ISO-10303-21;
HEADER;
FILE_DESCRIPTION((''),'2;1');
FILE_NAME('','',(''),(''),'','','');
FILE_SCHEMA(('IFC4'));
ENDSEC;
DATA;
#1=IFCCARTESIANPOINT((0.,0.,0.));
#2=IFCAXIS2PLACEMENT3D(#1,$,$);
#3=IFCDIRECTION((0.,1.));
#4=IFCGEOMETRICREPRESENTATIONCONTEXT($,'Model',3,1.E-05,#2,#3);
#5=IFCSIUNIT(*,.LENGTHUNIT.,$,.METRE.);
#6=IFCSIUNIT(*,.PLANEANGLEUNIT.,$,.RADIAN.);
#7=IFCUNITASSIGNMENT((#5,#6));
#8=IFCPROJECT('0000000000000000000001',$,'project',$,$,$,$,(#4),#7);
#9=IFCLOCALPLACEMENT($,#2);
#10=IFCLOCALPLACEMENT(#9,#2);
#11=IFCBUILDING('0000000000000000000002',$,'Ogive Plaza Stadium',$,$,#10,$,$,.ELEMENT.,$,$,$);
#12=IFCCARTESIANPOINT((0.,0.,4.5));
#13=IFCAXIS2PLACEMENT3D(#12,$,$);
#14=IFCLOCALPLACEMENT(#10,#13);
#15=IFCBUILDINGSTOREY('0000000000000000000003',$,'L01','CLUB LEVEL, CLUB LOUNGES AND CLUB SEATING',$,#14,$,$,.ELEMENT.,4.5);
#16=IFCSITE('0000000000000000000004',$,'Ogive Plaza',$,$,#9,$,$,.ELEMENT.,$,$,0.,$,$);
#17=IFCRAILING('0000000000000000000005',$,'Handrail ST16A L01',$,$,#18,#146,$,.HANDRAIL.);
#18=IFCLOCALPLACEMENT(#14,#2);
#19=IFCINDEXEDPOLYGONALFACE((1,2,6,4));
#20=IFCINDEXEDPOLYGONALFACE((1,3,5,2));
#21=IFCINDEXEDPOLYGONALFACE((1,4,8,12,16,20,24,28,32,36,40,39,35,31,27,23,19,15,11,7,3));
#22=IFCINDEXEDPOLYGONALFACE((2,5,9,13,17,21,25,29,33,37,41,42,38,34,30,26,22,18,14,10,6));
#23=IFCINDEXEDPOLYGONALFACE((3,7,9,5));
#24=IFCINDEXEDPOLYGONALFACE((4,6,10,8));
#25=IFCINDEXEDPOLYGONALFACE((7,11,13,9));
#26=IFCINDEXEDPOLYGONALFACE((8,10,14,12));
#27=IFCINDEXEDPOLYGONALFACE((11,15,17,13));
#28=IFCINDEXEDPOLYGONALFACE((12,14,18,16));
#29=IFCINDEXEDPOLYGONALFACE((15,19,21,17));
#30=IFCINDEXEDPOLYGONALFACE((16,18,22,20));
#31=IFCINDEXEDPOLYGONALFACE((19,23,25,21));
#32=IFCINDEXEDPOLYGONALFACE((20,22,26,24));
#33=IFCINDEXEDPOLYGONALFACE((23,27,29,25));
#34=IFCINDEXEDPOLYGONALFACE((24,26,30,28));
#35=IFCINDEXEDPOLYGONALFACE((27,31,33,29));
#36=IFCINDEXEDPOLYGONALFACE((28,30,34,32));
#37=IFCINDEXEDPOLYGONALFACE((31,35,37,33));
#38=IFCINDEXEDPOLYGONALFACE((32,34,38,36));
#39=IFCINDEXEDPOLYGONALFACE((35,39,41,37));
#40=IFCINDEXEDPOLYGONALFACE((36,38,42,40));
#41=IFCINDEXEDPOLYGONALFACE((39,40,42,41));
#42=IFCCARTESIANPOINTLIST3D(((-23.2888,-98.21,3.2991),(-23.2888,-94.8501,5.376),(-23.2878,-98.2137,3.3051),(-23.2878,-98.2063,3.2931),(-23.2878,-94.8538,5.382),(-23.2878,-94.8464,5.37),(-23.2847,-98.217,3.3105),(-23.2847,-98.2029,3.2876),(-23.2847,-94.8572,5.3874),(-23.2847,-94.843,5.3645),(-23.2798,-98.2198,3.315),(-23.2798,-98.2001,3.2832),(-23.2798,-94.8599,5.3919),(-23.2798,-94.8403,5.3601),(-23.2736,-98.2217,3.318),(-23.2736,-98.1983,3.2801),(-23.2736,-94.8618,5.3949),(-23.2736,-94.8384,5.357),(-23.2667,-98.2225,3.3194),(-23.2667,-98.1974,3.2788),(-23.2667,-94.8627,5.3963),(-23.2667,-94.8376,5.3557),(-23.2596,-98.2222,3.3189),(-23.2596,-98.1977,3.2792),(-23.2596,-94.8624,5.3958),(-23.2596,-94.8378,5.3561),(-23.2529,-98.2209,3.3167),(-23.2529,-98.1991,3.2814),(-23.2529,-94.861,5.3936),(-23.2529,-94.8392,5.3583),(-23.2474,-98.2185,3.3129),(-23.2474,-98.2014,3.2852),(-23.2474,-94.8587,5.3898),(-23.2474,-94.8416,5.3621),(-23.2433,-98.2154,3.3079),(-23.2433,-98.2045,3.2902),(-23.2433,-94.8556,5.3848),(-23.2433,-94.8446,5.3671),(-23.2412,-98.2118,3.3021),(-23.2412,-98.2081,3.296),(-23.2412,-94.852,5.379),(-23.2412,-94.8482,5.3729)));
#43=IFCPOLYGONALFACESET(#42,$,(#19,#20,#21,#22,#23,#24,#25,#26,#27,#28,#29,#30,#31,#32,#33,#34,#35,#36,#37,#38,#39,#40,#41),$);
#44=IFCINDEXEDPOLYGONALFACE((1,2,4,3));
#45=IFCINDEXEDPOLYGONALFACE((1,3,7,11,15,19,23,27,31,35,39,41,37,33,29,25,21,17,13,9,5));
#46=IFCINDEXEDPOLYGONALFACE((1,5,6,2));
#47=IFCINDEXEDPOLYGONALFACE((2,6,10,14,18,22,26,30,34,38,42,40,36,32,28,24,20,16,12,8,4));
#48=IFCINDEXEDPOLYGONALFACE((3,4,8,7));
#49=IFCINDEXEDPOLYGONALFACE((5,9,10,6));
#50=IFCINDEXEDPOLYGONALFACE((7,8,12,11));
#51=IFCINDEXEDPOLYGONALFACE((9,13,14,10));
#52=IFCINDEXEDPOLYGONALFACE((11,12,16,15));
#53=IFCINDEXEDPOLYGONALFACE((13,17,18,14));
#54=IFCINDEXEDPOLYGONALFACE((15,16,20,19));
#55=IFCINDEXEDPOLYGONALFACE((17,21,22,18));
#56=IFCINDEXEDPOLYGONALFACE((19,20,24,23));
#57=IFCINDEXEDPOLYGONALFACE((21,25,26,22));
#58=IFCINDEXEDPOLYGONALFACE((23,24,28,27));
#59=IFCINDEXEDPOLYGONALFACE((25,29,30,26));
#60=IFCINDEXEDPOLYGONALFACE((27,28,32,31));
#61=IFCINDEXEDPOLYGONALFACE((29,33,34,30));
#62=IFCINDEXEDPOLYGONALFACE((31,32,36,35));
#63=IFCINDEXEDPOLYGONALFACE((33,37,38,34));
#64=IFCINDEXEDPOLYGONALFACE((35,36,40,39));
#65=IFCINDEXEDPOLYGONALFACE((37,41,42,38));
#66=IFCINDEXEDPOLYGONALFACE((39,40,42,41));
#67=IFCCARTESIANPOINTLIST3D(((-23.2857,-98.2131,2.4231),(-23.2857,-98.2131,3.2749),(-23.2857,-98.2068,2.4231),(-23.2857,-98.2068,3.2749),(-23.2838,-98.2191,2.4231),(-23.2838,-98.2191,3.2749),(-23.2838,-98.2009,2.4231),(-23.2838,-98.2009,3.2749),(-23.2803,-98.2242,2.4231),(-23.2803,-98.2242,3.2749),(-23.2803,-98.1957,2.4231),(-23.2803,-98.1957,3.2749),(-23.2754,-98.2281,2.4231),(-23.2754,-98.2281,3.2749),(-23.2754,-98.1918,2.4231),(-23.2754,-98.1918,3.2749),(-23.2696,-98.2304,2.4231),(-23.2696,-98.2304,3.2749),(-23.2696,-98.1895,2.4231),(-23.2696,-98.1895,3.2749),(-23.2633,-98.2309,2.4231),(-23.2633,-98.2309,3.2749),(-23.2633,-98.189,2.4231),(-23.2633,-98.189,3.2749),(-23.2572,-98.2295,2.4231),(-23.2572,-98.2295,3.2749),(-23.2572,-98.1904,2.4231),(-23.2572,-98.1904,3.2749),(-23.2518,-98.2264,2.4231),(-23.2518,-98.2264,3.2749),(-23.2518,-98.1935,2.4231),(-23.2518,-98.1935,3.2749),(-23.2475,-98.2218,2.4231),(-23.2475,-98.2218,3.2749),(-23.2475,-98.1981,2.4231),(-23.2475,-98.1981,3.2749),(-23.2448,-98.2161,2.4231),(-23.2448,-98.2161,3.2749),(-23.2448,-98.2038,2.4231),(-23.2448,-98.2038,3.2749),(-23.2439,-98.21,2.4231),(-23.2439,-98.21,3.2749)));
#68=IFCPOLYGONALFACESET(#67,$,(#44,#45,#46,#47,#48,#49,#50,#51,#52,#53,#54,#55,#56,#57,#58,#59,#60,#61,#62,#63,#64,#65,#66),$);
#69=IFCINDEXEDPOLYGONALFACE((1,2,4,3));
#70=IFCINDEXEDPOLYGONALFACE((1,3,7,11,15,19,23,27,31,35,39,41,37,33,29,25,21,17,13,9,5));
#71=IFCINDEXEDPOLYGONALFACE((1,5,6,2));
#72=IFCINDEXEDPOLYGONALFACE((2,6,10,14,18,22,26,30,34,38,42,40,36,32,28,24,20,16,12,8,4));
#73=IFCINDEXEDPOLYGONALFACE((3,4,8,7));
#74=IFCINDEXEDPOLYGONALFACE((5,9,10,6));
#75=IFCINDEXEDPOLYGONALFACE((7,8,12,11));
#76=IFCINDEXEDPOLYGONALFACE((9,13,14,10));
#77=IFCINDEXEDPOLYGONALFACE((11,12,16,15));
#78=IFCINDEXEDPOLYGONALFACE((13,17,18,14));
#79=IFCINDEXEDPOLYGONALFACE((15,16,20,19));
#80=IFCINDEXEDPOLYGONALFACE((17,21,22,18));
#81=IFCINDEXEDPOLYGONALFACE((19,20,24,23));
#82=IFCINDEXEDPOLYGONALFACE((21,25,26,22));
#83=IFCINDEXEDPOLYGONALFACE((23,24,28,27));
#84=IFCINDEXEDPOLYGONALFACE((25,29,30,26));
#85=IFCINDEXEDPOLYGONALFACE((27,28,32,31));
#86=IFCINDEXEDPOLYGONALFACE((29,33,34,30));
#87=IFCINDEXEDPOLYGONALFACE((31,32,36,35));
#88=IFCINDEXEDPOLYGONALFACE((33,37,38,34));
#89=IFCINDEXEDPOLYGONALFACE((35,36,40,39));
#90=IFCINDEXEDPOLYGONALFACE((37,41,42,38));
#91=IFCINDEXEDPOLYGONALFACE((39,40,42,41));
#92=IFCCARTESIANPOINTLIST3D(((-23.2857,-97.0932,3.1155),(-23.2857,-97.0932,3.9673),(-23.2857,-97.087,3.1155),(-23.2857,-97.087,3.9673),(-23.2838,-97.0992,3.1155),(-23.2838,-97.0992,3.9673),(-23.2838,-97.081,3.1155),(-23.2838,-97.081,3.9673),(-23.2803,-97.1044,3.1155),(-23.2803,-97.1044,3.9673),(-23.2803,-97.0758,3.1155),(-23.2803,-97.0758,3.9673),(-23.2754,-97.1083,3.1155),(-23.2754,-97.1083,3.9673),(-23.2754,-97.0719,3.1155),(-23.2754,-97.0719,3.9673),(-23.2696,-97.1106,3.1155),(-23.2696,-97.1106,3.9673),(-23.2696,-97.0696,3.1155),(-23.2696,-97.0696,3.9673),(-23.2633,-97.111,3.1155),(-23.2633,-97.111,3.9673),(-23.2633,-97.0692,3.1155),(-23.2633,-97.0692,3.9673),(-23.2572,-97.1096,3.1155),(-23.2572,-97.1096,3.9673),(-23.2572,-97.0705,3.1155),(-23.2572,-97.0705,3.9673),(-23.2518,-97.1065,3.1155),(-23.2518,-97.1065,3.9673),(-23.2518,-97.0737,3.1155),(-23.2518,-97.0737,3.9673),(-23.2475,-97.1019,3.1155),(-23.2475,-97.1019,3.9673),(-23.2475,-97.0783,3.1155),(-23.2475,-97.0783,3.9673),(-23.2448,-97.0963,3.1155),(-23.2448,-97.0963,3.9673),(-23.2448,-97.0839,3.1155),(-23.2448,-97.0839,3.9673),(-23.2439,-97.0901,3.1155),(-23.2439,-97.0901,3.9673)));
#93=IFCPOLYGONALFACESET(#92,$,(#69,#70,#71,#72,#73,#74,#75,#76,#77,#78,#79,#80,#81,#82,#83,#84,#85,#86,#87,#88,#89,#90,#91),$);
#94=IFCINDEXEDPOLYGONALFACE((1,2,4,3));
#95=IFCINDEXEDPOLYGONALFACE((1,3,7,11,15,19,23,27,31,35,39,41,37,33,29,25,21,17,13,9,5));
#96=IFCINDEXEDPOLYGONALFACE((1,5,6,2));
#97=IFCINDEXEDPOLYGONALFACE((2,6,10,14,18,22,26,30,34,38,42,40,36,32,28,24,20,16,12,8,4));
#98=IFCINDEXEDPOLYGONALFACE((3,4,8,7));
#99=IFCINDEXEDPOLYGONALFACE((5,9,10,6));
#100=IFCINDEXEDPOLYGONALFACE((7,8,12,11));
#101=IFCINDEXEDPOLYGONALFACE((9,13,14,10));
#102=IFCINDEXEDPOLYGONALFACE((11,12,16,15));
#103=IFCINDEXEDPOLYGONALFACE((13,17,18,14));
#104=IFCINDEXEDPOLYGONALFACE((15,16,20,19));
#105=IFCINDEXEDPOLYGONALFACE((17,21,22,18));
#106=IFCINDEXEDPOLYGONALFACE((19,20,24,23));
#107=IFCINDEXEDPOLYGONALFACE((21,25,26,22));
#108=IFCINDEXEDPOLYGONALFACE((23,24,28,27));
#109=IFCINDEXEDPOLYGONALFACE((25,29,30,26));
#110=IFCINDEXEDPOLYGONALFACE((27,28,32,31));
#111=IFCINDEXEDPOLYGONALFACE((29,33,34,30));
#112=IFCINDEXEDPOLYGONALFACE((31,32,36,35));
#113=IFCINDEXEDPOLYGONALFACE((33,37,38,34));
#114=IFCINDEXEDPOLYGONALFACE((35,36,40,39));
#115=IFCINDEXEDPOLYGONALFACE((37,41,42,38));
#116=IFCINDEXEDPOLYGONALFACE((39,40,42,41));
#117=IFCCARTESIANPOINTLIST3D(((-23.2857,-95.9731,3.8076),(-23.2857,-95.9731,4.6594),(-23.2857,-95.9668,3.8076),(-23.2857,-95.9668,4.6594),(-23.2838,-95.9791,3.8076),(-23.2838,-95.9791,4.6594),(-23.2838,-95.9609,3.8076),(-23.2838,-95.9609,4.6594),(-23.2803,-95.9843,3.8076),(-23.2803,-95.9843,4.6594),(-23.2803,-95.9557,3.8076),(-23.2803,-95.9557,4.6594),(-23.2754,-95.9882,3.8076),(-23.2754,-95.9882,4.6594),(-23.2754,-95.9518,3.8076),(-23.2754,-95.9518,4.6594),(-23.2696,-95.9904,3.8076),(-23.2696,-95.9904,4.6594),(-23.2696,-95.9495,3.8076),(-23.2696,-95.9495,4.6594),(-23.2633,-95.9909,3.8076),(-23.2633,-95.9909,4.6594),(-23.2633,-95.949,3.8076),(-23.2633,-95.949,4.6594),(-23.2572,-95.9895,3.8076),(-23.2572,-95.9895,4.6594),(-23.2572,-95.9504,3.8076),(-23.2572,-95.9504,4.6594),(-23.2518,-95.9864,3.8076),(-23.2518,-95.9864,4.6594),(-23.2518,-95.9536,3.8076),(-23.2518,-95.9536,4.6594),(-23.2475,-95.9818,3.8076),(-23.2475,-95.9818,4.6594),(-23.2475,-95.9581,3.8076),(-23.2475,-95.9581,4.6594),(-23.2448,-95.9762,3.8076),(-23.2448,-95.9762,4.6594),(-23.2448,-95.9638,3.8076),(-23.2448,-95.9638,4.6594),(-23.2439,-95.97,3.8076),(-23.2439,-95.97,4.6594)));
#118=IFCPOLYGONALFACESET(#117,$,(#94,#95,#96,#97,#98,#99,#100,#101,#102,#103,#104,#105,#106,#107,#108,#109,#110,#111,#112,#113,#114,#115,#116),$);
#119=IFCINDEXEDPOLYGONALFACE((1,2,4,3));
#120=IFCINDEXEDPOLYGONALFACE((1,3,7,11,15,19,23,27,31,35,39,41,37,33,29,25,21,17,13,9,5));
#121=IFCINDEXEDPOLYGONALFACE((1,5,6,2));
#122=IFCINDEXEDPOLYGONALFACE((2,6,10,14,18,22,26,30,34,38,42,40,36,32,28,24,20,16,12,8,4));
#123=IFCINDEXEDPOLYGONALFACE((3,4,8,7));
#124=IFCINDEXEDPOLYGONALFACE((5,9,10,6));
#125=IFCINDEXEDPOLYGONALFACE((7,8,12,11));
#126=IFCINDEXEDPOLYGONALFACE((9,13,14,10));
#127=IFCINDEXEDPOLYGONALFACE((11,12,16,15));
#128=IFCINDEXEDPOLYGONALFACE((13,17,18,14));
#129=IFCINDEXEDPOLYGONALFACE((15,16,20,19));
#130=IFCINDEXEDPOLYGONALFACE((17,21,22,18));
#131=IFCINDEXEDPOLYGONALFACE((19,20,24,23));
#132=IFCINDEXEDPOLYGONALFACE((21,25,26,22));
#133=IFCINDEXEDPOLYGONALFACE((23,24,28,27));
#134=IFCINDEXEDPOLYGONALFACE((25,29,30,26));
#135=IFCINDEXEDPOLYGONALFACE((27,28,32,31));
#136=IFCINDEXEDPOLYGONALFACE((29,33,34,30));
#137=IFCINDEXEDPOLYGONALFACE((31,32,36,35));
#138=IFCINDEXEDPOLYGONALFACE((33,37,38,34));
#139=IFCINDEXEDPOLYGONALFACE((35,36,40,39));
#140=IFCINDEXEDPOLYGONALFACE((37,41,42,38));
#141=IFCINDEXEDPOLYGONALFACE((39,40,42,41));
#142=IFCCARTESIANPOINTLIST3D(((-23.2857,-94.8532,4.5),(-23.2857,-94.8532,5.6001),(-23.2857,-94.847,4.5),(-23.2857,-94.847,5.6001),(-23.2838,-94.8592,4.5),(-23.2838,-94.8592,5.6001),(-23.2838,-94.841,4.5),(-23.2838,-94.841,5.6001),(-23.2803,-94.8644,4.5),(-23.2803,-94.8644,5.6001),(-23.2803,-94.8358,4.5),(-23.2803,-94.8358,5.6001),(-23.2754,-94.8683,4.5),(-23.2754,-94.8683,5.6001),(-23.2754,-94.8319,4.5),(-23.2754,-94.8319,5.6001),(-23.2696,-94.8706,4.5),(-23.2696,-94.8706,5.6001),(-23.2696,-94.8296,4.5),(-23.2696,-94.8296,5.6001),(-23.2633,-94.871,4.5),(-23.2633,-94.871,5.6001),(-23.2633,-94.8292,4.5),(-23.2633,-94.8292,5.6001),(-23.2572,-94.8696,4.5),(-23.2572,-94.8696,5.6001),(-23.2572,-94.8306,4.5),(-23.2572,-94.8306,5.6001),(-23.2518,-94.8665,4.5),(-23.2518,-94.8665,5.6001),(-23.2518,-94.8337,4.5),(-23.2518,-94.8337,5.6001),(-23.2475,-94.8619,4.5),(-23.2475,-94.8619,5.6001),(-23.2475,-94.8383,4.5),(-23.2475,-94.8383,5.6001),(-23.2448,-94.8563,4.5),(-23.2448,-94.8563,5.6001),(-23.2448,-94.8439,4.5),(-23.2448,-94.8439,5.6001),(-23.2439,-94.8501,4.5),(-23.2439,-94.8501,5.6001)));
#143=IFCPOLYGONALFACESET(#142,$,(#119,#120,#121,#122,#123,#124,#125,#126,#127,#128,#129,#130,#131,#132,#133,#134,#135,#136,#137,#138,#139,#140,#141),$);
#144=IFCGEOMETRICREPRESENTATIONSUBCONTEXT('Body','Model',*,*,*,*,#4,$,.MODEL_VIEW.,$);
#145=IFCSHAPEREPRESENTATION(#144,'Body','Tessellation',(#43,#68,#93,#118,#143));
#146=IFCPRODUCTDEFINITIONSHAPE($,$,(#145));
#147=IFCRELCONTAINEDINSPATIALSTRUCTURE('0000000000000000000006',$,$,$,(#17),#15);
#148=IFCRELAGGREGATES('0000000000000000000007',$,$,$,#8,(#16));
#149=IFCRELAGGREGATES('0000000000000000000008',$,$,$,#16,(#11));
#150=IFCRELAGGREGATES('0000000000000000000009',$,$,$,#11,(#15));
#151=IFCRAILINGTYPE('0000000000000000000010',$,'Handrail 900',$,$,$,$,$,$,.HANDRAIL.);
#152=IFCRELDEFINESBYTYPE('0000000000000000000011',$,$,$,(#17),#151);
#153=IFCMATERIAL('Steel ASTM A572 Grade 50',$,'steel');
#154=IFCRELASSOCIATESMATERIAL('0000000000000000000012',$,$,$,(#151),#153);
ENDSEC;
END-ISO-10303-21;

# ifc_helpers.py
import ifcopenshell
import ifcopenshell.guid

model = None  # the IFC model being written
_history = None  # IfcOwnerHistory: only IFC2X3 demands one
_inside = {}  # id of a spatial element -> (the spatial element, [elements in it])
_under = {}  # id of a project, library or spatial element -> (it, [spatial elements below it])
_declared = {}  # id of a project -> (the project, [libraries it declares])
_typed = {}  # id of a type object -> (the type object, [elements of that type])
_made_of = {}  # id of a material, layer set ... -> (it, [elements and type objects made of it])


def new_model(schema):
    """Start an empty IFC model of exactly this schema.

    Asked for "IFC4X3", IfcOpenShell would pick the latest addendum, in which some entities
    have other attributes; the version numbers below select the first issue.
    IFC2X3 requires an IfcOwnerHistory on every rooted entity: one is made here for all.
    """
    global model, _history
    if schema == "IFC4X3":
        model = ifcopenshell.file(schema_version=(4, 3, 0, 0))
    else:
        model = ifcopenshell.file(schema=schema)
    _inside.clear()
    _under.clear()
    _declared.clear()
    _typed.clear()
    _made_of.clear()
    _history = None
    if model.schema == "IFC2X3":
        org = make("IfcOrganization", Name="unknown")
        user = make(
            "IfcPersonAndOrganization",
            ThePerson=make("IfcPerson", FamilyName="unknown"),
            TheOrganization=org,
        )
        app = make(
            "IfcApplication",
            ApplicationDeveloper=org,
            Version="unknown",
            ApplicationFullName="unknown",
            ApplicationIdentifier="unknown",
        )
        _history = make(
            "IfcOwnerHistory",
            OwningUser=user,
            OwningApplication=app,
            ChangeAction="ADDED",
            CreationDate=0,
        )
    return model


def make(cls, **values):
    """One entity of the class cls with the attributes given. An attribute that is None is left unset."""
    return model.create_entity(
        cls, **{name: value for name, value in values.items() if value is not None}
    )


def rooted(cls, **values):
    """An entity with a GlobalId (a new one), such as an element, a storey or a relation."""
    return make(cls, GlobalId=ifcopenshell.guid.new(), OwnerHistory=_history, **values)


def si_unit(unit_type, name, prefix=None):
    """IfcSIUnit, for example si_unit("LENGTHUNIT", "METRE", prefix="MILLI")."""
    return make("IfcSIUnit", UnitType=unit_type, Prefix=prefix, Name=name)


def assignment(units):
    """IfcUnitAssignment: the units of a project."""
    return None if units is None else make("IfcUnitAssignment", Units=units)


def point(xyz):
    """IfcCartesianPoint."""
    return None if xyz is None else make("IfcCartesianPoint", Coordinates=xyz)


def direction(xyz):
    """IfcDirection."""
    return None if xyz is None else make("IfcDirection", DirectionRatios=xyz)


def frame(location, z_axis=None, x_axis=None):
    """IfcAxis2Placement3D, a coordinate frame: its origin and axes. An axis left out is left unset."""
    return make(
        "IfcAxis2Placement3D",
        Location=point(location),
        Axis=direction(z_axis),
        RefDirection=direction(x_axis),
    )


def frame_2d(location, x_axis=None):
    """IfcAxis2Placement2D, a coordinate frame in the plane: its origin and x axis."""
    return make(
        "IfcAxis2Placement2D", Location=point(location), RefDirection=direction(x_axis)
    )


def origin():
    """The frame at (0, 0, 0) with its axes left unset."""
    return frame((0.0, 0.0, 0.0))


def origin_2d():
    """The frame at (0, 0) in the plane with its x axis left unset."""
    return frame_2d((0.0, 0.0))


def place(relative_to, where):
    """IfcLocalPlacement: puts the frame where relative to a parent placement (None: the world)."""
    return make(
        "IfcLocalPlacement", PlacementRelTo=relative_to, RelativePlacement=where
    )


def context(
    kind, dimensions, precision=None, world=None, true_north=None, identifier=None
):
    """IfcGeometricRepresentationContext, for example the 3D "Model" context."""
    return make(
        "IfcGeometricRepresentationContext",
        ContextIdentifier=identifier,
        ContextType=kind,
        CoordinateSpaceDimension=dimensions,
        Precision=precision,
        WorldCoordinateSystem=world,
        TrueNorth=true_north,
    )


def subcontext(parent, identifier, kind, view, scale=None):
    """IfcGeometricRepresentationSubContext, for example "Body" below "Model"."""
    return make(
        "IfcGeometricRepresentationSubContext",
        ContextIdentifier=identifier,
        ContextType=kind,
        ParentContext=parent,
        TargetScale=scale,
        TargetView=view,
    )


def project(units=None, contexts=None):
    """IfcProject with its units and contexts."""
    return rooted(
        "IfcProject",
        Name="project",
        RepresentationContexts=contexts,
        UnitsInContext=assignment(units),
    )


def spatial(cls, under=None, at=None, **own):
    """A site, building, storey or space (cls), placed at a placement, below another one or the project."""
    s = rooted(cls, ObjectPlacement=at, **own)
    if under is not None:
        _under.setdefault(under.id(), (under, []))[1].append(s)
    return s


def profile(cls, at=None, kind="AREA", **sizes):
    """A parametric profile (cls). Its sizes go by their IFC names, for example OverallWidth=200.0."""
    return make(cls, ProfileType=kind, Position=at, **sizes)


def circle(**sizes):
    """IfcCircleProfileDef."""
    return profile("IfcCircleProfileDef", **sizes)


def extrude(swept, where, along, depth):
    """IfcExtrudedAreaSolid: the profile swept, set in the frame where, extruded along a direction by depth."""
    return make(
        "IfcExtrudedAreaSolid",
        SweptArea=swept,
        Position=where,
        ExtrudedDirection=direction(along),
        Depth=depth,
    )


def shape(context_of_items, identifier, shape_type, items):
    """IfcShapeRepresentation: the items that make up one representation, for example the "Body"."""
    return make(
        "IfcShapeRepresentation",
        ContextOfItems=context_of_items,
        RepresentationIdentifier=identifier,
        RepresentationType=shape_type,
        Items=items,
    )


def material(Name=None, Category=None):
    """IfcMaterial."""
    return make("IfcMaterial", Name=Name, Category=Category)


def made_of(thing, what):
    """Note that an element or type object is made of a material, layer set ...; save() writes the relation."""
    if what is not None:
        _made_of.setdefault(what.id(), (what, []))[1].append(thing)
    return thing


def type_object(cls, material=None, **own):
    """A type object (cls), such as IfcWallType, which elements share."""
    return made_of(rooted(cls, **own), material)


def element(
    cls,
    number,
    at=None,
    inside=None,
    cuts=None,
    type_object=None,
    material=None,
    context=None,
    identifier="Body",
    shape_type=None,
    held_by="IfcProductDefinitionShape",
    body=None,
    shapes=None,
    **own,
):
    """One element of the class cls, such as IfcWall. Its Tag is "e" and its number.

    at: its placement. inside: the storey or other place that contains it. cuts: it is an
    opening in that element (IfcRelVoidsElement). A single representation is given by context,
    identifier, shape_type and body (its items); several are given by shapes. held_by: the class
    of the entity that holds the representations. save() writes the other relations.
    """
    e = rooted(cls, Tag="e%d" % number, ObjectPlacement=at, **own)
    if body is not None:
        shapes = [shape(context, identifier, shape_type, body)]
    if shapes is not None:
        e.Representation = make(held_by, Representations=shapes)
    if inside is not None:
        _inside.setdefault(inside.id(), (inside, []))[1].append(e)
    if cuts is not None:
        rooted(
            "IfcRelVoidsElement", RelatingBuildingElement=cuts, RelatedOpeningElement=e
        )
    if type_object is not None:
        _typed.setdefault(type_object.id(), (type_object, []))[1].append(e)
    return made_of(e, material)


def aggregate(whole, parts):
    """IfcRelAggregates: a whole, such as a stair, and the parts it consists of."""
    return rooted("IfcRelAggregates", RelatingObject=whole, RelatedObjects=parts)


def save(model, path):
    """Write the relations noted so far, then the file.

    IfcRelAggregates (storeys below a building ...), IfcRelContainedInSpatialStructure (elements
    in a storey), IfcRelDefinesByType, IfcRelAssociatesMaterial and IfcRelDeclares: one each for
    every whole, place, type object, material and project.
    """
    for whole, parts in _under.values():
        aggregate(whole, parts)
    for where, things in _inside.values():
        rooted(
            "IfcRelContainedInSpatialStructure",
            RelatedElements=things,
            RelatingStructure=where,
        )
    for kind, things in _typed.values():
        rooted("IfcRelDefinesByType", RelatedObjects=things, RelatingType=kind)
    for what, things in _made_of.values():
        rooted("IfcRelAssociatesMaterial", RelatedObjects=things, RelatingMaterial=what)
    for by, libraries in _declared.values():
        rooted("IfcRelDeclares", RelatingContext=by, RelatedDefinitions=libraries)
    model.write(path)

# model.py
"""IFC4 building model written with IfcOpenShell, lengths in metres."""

from ifc_helpers import new_model, si_unit, direction, frame, origin, origin_2d, place, context, subcontext, project, spatial, circle, extrude, material, type_object, element, save


model = new_model("IFC4")

# Units and contexts
model_context = context("Model", 3, precision=1e-05, world=origin(), true_north=direction((0.0, 1.0)))
body_context = subcontext(model_context, "Body", "Model", "MODEL_VIEW")
ifc_project = project(units=[si_unit("LENGTHUNIT", "METRE"), si_unit("PLANEANGLEUNIT", "RADIAN")], contexts=[model_context])

# Site, building, storey
site_placement = place(None, origin())
site = spatial("IfcSite", under=ifc_project, at=site_placement, Name="Ogive Plaza", CompositionType="ELEMENT", RefElevation=0.0)
building_placement = place(site_placement, origin())
building = spatial("IfcBuilding", under=site, at=building_placement, Name="Ogive Plaza Stadium", CompositionType="ELEMENT")
storey_placement = place(building_placement, frame((0.0, 0.0, 4.5)))
storey = spatial("IfcBuildingStorey", under=building, at=storey_placement, Name="L01", Description="CLUB LEVEL, CLUB LOUNGES AND CLUB SEATING", CompositionType="ELEMENT", Elevation=4.5)

# Railing
ifc_material_1 = material(Name="Steel ASTM A572 Grade 50", Category="steel")
railing_type_1 = type_object("IfcRailingType", Name="Handrail 900", PredefinedType="HANDRAIL", material=ifc_material_1)
for number, where, name in (
    (1, (-23.2649, -98.21, 2.4231), "Handrail ST16A L01"),
):
    element("IfcRailing", number, at=place(storey_placement, frame(where)), inside=storey, type_object=railing_type_1, Name=name, PredefinedType="HANDRAIL", context=body_context, shape_type="SweptSolid", body=[
        extrude(circle(Radius=0.0239, at=origin_2d()), frame((0.0, 0.0, 0.876), z_axis=(0.0, 0.850606, 0.525803), x_axis=(-1.0, 0.0, 0.0)), (0.0, 0.0, 1.0), 3.95),
        extrude(circle(Radius=0.021, at=origin_2d()), origin(), (0.0, 0.0, 1.0), 0.8518),
        extrude(circle(Radius=0.021, at=origin_2d()), frame((0.0, 1.1199, 0.6924)), (0.0, 0.0, 1.0), 0.8518),
        extrude(circle(Radius=0.021, at=origin_2d()), frame((0.0, 2.24, 1.3845)), (0.0, 0.0, 1.0), 0.8518),
        extrude(circle(Radius=0.021, at=origin_2d()), frame((0.0, 3.3599, 2.0769)), (0.0, 0.0, 1.0), 1.1001),
    ])

save(model, "model.ifc")
